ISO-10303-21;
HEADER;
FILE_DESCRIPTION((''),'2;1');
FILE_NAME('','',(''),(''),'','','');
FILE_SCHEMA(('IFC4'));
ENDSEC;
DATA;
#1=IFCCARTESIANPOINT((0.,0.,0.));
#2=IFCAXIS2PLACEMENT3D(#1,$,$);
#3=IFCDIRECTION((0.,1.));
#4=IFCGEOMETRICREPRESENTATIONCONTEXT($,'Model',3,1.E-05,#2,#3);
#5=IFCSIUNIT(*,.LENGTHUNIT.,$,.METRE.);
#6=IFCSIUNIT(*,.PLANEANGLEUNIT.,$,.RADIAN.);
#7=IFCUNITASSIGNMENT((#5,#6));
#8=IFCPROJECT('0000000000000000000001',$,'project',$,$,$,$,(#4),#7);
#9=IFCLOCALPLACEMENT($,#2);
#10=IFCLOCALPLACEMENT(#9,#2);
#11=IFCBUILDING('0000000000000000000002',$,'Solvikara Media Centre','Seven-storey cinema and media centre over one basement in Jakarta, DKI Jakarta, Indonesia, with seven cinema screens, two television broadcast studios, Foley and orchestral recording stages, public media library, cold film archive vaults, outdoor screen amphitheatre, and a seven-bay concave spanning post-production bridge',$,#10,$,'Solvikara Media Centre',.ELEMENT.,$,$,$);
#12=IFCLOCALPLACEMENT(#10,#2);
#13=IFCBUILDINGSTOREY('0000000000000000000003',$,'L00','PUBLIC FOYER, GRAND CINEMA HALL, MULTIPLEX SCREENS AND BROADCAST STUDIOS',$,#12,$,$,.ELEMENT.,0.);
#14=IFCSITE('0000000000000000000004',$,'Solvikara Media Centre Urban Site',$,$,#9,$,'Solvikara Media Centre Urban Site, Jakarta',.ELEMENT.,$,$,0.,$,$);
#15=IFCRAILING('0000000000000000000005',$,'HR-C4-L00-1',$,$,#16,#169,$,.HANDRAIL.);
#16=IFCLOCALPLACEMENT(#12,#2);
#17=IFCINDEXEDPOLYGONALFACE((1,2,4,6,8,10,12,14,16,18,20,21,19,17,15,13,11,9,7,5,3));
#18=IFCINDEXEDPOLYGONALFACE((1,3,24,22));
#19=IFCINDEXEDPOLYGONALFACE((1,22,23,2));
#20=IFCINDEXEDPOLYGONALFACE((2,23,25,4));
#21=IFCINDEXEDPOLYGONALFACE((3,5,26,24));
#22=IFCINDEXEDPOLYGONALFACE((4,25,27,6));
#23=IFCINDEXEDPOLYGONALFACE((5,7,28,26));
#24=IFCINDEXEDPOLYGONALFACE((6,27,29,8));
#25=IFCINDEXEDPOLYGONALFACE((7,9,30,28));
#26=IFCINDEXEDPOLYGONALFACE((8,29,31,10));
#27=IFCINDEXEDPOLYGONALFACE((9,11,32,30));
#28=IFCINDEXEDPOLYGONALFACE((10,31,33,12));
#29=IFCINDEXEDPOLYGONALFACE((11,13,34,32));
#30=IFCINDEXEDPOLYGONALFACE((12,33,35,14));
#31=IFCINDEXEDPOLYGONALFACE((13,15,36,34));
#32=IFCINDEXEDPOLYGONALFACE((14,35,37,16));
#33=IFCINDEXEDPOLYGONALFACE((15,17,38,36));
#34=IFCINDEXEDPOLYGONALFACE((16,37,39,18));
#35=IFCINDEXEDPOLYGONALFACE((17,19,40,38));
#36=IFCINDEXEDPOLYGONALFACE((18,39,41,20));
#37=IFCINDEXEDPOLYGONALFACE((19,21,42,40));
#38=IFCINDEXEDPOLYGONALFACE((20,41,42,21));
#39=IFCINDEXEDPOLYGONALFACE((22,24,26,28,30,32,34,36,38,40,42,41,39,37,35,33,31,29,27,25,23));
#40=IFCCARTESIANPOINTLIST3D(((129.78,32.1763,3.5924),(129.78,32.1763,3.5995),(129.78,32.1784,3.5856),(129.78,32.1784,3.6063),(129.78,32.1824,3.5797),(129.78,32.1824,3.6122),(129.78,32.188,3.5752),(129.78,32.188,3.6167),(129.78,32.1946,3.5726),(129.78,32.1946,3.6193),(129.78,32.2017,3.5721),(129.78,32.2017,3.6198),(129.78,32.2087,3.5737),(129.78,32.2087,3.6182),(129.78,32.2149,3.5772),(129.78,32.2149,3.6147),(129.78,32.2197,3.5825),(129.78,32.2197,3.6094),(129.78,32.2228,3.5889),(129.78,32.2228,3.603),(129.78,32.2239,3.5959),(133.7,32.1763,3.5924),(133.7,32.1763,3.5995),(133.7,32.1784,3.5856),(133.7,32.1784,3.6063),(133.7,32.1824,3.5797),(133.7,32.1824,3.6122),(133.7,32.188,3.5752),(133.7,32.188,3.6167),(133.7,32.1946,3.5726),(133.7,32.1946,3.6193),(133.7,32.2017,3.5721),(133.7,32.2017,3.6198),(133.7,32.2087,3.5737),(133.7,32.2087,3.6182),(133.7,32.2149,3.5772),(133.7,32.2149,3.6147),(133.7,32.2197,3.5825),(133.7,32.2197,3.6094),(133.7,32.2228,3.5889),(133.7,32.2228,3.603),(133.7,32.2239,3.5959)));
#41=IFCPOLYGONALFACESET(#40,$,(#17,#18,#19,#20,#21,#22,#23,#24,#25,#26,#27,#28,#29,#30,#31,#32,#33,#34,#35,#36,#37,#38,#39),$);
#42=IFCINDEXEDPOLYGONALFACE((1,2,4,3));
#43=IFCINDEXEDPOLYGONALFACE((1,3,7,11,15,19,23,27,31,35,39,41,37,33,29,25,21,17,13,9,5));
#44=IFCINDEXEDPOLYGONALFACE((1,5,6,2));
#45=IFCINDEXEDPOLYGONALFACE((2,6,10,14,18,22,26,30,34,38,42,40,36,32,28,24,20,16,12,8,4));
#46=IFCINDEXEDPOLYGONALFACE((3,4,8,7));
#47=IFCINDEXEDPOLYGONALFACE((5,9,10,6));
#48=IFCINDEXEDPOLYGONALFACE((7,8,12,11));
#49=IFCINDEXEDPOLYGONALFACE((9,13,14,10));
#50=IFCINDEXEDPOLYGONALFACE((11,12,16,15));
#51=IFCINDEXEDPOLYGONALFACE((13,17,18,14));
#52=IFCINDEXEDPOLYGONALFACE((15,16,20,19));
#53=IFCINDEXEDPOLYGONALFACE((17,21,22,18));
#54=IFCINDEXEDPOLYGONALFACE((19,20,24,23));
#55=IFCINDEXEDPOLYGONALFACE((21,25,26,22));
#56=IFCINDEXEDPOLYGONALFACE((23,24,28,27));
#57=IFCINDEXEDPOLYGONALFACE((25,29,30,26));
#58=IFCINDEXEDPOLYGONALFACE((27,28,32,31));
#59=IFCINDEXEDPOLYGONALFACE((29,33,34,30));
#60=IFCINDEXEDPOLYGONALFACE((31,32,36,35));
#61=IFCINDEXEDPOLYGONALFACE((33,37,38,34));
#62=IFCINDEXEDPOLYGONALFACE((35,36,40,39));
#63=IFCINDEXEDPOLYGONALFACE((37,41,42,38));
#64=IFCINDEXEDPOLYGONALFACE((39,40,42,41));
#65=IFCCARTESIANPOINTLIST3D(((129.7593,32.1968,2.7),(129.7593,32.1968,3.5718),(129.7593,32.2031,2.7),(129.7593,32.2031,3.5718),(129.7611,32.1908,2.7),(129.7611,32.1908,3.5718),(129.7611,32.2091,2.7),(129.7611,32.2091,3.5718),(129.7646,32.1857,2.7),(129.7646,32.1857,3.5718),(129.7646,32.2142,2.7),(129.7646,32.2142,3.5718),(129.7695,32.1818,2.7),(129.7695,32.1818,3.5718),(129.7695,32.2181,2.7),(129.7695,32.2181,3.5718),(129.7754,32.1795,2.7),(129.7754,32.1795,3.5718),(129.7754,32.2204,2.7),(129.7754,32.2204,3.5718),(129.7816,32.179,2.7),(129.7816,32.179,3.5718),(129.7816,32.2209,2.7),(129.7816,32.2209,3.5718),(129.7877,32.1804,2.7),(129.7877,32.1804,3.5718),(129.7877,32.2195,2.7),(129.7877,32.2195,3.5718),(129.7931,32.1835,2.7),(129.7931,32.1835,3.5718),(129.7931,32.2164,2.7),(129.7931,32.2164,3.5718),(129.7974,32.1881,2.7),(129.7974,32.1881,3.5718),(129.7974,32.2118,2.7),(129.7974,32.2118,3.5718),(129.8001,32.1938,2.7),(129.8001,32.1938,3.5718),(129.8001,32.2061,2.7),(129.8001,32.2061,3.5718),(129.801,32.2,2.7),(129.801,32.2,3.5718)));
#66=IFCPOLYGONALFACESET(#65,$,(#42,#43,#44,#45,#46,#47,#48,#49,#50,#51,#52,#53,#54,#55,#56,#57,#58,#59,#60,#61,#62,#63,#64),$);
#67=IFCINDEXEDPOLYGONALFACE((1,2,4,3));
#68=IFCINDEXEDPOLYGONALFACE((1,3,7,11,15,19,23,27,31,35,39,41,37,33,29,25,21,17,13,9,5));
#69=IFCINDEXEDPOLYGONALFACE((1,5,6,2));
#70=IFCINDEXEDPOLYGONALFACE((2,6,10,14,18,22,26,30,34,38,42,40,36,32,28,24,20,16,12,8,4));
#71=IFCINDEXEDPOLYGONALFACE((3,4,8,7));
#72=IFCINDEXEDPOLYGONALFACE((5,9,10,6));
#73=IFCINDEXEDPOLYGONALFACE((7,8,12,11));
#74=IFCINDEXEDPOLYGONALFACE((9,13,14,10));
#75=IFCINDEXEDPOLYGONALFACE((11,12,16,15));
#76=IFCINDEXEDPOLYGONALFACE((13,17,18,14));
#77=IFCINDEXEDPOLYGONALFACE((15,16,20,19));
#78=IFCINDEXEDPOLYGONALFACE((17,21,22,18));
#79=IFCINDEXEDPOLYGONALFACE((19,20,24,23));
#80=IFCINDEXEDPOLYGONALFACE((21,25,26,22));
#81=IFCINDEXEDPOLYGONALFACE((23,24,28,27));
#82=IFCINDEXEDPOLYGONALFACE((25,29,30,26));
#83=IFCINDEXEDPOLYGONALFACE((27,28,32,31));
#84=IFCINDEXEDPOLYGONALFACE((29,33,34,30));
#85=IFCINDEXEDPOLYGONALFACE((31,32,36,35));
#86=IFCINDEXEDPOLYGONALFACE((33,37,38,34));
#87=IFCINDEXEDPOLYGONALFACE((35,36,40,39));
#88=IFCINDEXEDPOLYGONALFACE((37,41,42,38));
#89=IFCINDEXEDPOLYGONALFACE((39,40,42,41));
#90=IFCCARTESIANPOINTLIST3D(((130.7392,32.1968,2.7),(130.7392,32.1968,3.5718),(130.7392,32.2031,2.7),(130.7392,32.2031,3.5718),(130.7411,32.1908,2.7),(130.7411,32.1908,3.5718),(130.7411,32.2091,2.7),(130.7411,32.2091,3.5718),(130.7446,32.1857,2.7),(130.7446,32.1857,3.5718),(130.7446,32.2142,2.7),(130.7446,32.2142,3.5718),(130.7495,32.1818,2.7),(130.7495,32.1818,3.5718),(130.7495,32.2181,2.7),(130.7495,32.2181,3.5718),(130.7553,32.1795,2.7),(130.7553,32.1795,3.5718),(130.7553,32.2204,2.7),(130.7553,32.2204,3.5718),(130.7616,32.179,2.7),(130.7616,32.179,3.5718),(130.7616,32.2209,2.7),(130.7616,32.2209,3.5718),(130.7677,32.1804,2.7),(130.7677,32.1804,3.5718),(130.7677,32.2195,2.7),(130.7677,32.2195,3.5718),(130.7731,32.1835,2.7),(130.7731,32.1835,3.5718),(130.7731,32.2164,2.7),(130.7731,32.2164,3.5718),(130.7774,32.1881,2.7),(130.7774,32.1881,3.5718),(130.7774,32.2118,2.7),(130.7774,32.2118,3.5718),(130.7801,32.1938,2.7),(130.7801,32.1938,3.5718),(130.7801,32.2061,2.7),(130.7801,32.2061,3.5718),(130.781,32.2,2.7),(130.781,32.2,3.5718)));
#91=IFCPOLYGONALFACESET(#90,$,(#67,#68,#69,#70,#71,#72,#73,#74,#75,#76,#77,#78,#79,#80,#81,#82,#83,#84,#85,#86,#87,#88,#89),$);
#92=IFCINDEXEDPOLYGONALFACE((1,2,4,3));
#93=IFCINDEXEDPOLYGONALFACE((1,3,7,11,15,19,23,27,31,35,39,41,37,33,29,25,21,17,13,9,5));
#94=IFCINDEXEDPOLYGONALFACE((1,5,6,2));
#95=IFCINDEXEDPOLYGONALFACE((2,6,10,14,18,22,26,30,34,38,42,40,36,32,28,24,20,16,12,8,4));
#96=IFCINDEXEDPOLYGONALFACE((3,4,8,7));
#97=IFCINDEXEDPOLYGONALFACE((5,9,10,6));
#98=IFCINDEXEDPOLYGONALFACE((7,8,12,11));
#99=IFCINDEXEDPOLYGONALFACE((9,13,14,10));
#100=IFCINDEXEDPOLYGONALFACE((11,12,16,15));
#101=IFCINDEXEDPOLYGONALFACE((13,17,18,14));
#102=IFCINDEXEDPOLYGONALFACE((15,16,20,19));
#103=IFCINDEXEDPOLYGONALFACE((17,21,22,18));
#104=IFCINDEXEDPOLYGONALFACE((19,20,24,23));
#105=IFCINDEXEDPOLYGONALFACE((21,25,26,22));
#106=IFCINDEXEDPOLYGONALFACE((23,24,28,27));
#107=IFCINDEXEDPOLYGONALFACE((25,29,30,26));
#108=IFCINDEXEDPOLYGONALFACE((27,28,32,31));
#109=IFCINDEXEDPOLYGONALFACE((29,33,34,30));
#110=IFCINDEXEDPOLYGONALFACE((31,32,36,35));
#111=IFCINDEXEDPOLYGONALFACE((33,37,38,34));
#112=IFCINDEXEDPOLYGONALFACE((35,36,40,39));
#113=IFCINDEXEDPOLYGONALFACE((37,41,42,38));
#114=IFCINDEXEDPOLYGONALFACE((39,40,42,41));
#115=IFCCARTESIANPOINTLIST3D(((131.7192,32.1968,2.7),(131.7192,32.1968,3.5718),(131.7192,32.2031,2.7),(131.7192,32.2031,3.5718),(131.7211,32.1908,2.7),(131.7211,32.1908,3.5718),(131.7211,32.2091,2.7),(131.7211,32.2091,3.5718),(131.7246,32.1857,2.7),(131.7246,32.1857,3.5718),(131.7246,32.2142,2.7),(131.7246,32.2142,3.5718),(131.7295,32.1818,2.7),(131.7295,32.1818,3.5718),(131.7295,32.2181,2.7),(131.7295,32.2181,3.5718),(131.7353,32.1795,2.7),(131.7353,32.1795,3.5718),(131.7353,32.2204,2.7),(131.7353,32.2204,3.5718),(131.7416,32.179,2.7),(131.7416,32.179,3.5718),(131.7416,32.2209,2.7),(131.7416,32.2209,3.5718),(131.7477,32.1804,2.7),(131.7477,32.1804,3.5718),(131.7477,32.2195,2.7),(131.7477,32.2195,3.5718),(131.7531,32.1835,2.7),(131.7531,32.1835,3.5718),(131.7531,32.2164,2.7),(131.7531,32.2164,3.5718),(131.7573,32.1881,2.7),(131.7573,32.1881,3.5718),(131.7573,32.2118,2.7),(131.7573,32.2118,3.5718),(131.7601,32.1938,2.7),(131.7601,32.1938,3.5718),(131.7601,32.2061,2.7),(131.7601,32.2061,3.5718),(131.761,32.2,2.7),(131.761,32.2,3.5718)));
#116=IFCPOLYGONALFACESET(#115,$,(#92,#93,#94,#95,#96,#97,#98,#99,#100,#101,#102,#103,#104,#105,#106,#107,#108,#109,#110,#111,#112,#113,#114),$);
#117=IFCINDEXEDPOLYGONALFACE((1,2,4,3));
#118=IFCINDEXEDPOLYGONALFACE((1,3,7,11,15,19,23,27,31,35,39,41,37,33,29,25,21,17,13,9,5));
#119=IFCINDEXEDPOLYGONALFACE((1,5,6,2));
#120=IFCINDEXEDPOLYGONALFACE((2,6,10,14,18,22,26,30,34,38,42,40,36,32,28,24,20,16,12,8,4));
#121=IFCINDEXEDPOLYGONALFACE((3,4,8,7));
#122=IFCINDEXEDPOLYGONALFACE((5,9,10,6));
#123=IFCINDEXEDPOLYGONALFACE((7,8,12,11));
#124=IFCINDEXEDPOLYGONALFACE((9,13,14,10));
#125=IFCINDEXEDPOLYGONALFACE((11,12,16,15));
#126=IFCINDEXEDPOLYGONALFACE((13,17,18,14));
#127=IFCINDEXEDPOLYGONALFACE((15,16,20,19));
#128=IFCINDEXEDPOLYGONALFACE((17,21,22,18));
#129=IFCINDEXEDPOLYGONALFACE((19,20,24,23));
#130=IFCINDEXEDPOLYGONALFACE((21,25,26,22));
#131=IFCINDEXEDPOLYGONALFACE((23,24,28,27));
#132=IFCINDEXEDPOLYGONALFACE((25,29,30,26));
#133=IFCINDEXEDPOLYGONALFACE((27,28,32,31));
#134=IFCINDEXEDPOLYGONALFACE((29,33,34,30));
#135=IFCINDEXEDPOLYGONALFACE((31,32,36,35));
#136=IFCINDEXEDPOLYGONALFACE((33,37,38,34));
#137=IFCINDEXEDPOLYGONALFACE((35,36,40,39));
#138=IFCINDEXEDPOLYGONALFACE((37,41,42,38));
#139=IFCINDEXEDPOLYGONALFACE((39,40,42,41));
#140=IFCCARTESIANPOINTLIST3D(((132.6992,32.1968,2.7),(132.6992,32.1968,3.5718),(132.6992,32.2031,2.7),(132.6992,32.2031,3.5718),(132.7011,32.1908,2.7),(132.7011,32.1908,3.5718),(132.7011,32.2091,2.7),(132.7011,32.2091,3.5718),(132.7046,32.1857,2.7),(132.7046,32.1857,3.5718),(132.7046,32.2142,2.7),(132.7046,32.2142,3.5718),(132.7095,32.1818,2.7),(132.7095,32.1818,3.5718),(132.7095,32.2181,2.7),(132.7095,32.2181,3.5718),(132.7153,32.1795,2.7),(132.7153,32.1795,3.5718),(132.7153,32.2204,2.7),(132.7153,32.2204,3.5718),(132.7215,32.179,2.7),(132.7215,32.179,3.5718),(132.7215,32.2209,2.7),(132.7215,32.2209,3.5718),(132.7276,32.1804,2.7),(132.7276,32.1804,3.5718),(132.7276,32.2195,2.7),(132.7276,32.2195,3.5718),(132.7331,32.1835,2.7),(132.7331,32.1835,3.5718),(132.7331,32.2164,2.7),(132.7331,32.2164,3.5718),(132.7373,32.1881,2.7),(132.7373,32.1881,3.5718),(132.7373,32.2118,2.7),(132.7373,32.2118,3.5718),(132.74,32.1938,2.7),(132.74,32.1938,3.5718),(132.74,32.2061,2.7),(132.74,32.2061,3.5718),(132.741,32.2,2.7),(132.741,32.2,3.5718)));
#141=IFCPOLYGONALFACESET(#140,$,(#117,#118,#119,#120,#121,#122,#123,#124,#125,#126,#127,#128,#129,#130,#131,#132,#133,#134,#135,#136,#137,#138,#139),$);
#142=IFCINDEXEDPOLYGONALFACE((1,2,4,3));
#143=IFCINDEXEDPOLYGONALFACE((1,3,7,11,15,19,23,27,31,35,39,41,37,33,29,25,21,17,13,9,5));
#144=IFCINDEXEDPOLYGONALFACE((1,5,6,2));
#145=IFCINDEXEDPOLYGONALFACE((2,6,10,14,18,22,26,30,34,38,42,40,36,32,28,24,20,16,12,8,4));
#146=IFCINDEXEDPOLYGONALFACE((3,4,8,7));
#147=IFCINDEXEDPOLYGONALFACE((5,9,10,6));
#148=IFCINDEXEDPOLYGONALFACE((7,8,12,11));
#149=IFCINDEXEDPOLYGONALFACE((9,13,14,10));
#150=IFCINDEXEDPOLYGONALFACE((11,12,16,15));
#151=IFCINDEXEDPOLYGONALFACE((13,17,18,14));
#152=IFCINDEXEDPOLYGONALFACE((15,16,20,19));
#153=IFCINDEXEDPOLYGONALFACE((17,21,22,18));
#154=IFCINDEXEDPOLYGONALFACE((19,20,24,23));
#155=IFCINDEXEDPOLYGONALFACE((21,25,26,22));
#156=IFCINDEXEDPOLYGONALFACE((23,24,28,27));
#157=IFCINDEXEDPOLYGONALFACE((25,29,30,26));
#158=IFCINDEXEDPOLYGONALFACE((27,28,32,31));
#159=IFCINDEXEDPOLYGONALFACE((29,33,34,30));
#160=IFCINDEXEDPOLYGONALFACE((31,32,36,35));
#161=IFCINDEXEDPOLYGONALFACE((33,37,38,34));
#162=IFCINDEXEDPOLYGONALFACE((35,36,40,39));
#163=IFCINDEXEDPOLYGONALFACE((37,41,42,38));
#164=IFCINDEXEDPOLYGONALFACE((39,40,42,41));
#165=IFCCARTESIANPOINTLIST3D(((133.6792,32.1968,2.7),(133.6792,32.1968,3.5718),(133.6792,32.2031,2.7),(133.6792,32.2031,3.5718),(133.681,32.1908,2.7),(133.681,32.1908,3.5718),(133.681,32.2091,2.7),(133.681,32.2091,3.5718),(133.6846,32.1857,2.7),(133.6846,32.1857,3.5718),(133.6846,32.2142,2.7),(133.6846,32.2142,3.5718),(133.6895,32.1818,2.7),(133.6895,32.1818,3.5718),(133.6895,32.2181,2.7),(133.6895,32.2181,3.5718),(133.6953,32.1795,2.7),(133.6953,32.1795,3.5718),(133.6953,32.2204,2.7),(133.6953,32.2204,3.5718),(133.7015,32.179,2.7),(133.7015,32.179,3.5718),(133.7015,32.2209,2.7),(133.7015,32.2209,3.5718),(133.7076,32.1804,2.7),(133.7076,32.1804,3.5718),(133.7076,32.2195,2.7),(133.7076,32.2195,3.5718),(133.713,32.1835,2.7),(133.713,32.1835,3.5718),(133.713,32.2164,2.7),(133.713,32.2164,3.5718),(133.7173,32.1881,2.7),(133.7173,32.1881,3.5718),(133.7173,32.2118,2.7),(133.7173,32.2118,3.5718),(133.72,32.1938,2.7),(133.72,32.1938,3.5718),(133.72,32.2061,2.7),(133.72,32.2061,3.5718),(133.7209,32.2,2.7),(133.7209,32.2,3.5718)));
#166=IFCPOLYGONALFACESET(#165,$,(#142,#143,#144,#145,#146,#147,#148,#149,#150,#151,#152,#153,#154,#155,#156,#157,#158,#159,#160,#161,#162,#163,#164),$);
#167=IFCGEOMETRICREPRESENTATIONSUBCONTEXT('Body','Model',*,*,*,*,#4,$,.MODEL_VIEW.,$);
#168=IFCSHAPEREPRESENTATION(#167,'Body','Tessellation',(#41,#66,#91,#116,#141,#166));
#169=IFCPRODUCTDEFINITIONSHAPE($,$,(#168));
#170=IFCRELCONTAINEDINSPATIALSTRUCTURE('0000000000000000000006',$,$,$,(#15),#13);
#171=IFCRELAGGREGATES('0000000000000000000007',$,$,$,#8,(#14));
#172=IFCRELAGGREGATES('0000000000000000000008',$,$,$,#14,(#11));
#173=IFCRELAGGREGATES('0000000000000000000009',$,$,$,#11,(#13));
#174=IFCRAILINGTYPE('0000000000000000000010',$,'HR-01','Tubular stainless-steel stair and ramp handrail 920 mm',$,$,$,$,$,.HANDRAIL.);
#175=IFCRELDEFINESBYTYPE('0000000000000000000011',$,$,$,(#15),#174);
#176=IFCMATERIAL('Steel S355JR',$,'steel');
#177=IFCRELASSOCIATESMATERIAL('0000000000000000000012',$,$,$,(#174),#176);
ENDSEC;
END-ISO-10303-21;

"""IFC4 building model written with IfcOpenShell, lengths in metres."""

from ifc_helpers import new_model, si_unit, direction, frame, origin, origin_2d, place, context, subcontext, project, spatial, circle, extrude, material, type_object, element, save


model = new_model("IFC4")

# Units and contexts
model_context = context("Model", 3, precision=1e-05, world=origin(), true_north=direction((0.0, 1.0)))
body_context = subcontext(model_context, "Body", "Model", "MODEL_VIEW")
ifc_project = project(units=[si_unit("LENGTHUNIT", "METRE"), si_unit("PLANEANGLEUNIT", "RADIAN")], contexts=[model_context])

# Site, building, storey
site_placement = place(None, origin())
site = spatial("IfcSite", under=ifc_project, at=site_placement, Name="Solvikara Media Centre Urban Site", LongName="Solvikara Media Centre Urban Site, Jakarta", CompositionType="ELEMENT", RefElevation=0.0)
building_placement = place(site_placement, origin())
building = spatial("IfcBuilding", under=site, at=building_placement, Name="Solvikara Media Centre", Description="Seven-storey cinema and media centre over one basement in Jakarta, DKI Jakarta, Indonesia, with seven cinema screens, two television broadcast studios, Foley and orchestral recording stages, public media library, cold film archive vaults, outdoor screen amphitheatre, and a seven-bay concave spanning post-production bridge", LongName="Solvikara Media Centre", CompositionType="ELEMENT")
storey_placement = place(building_placement, origin())
storey = spatial("IfcBuildingStorey", under=building, at=storey_placement, Name="L00", Description="PUBLIC FOYER, GRAND CINEMA HALL, MULTIPLEX SCREENS AND BROADCAST STUDIOS", CompositionType="ELEMENT", Elevation=0.0)

# Shared definitions
ifc_material_1 = material(Name="Steel S355JR", Category="steel")

# Railing
railing_type_1 = type_object("IfcRailingType", Name="HR-01", Description="Tubular stainless-steel stair and ramp handrail 920 mm", PredefinedType="HANDRAIL", material=ifc_material_1)
railing_1_placement = place(storey_placement, frame((129.78, 32.2, 2.7)))
element("IfcRailing", 1, at=railing_1_placement, inside=storey, type_object=railing_type_1, Name="HR-C4-L00-1", PredefinedType="HANDRAIL", context=body_context, shape_type="SweptSolid", body=[
    extrude(circle(Radius=0.0239, at=origin_2d()), frame((0.0, 0.0, 0.896), z_axis=(1.0, 0.0, 0.0), x_axis=(0.0, 1.0, 0.0)), (0.0, 0.0, 1.0), 3.9199),
    extrude(circle(Radius=0.021, at=origin_2d()), origin(), (0.0, 0.0, 1.0), 0.8718),
    extrude(circle(Radius=0.021, at=origin_2d()), frame((0.98, 0.0, 0.0)), (0.0, 0.0, 1.0), 0.8718),
    extrude(circle(Radius=0.021, at=origin_2d()), frame((1.96, 0.0, 0.0)), (0.0, 0.0, 1.0), 0.8718),
    extrude(circle(Radius=0.021, at=origin_2d()), frame((2.9399, 0.0, 0.0)), (0.0, 0.0, 1.0), 0.8718),
    extrude(circle(Radius=0.021, at=origin_2d()), frame((3.9199, 0.0, 0.0)), (0.0, 0.0, 1.0), 0.8718),
])

save(model, "model.ifc")
